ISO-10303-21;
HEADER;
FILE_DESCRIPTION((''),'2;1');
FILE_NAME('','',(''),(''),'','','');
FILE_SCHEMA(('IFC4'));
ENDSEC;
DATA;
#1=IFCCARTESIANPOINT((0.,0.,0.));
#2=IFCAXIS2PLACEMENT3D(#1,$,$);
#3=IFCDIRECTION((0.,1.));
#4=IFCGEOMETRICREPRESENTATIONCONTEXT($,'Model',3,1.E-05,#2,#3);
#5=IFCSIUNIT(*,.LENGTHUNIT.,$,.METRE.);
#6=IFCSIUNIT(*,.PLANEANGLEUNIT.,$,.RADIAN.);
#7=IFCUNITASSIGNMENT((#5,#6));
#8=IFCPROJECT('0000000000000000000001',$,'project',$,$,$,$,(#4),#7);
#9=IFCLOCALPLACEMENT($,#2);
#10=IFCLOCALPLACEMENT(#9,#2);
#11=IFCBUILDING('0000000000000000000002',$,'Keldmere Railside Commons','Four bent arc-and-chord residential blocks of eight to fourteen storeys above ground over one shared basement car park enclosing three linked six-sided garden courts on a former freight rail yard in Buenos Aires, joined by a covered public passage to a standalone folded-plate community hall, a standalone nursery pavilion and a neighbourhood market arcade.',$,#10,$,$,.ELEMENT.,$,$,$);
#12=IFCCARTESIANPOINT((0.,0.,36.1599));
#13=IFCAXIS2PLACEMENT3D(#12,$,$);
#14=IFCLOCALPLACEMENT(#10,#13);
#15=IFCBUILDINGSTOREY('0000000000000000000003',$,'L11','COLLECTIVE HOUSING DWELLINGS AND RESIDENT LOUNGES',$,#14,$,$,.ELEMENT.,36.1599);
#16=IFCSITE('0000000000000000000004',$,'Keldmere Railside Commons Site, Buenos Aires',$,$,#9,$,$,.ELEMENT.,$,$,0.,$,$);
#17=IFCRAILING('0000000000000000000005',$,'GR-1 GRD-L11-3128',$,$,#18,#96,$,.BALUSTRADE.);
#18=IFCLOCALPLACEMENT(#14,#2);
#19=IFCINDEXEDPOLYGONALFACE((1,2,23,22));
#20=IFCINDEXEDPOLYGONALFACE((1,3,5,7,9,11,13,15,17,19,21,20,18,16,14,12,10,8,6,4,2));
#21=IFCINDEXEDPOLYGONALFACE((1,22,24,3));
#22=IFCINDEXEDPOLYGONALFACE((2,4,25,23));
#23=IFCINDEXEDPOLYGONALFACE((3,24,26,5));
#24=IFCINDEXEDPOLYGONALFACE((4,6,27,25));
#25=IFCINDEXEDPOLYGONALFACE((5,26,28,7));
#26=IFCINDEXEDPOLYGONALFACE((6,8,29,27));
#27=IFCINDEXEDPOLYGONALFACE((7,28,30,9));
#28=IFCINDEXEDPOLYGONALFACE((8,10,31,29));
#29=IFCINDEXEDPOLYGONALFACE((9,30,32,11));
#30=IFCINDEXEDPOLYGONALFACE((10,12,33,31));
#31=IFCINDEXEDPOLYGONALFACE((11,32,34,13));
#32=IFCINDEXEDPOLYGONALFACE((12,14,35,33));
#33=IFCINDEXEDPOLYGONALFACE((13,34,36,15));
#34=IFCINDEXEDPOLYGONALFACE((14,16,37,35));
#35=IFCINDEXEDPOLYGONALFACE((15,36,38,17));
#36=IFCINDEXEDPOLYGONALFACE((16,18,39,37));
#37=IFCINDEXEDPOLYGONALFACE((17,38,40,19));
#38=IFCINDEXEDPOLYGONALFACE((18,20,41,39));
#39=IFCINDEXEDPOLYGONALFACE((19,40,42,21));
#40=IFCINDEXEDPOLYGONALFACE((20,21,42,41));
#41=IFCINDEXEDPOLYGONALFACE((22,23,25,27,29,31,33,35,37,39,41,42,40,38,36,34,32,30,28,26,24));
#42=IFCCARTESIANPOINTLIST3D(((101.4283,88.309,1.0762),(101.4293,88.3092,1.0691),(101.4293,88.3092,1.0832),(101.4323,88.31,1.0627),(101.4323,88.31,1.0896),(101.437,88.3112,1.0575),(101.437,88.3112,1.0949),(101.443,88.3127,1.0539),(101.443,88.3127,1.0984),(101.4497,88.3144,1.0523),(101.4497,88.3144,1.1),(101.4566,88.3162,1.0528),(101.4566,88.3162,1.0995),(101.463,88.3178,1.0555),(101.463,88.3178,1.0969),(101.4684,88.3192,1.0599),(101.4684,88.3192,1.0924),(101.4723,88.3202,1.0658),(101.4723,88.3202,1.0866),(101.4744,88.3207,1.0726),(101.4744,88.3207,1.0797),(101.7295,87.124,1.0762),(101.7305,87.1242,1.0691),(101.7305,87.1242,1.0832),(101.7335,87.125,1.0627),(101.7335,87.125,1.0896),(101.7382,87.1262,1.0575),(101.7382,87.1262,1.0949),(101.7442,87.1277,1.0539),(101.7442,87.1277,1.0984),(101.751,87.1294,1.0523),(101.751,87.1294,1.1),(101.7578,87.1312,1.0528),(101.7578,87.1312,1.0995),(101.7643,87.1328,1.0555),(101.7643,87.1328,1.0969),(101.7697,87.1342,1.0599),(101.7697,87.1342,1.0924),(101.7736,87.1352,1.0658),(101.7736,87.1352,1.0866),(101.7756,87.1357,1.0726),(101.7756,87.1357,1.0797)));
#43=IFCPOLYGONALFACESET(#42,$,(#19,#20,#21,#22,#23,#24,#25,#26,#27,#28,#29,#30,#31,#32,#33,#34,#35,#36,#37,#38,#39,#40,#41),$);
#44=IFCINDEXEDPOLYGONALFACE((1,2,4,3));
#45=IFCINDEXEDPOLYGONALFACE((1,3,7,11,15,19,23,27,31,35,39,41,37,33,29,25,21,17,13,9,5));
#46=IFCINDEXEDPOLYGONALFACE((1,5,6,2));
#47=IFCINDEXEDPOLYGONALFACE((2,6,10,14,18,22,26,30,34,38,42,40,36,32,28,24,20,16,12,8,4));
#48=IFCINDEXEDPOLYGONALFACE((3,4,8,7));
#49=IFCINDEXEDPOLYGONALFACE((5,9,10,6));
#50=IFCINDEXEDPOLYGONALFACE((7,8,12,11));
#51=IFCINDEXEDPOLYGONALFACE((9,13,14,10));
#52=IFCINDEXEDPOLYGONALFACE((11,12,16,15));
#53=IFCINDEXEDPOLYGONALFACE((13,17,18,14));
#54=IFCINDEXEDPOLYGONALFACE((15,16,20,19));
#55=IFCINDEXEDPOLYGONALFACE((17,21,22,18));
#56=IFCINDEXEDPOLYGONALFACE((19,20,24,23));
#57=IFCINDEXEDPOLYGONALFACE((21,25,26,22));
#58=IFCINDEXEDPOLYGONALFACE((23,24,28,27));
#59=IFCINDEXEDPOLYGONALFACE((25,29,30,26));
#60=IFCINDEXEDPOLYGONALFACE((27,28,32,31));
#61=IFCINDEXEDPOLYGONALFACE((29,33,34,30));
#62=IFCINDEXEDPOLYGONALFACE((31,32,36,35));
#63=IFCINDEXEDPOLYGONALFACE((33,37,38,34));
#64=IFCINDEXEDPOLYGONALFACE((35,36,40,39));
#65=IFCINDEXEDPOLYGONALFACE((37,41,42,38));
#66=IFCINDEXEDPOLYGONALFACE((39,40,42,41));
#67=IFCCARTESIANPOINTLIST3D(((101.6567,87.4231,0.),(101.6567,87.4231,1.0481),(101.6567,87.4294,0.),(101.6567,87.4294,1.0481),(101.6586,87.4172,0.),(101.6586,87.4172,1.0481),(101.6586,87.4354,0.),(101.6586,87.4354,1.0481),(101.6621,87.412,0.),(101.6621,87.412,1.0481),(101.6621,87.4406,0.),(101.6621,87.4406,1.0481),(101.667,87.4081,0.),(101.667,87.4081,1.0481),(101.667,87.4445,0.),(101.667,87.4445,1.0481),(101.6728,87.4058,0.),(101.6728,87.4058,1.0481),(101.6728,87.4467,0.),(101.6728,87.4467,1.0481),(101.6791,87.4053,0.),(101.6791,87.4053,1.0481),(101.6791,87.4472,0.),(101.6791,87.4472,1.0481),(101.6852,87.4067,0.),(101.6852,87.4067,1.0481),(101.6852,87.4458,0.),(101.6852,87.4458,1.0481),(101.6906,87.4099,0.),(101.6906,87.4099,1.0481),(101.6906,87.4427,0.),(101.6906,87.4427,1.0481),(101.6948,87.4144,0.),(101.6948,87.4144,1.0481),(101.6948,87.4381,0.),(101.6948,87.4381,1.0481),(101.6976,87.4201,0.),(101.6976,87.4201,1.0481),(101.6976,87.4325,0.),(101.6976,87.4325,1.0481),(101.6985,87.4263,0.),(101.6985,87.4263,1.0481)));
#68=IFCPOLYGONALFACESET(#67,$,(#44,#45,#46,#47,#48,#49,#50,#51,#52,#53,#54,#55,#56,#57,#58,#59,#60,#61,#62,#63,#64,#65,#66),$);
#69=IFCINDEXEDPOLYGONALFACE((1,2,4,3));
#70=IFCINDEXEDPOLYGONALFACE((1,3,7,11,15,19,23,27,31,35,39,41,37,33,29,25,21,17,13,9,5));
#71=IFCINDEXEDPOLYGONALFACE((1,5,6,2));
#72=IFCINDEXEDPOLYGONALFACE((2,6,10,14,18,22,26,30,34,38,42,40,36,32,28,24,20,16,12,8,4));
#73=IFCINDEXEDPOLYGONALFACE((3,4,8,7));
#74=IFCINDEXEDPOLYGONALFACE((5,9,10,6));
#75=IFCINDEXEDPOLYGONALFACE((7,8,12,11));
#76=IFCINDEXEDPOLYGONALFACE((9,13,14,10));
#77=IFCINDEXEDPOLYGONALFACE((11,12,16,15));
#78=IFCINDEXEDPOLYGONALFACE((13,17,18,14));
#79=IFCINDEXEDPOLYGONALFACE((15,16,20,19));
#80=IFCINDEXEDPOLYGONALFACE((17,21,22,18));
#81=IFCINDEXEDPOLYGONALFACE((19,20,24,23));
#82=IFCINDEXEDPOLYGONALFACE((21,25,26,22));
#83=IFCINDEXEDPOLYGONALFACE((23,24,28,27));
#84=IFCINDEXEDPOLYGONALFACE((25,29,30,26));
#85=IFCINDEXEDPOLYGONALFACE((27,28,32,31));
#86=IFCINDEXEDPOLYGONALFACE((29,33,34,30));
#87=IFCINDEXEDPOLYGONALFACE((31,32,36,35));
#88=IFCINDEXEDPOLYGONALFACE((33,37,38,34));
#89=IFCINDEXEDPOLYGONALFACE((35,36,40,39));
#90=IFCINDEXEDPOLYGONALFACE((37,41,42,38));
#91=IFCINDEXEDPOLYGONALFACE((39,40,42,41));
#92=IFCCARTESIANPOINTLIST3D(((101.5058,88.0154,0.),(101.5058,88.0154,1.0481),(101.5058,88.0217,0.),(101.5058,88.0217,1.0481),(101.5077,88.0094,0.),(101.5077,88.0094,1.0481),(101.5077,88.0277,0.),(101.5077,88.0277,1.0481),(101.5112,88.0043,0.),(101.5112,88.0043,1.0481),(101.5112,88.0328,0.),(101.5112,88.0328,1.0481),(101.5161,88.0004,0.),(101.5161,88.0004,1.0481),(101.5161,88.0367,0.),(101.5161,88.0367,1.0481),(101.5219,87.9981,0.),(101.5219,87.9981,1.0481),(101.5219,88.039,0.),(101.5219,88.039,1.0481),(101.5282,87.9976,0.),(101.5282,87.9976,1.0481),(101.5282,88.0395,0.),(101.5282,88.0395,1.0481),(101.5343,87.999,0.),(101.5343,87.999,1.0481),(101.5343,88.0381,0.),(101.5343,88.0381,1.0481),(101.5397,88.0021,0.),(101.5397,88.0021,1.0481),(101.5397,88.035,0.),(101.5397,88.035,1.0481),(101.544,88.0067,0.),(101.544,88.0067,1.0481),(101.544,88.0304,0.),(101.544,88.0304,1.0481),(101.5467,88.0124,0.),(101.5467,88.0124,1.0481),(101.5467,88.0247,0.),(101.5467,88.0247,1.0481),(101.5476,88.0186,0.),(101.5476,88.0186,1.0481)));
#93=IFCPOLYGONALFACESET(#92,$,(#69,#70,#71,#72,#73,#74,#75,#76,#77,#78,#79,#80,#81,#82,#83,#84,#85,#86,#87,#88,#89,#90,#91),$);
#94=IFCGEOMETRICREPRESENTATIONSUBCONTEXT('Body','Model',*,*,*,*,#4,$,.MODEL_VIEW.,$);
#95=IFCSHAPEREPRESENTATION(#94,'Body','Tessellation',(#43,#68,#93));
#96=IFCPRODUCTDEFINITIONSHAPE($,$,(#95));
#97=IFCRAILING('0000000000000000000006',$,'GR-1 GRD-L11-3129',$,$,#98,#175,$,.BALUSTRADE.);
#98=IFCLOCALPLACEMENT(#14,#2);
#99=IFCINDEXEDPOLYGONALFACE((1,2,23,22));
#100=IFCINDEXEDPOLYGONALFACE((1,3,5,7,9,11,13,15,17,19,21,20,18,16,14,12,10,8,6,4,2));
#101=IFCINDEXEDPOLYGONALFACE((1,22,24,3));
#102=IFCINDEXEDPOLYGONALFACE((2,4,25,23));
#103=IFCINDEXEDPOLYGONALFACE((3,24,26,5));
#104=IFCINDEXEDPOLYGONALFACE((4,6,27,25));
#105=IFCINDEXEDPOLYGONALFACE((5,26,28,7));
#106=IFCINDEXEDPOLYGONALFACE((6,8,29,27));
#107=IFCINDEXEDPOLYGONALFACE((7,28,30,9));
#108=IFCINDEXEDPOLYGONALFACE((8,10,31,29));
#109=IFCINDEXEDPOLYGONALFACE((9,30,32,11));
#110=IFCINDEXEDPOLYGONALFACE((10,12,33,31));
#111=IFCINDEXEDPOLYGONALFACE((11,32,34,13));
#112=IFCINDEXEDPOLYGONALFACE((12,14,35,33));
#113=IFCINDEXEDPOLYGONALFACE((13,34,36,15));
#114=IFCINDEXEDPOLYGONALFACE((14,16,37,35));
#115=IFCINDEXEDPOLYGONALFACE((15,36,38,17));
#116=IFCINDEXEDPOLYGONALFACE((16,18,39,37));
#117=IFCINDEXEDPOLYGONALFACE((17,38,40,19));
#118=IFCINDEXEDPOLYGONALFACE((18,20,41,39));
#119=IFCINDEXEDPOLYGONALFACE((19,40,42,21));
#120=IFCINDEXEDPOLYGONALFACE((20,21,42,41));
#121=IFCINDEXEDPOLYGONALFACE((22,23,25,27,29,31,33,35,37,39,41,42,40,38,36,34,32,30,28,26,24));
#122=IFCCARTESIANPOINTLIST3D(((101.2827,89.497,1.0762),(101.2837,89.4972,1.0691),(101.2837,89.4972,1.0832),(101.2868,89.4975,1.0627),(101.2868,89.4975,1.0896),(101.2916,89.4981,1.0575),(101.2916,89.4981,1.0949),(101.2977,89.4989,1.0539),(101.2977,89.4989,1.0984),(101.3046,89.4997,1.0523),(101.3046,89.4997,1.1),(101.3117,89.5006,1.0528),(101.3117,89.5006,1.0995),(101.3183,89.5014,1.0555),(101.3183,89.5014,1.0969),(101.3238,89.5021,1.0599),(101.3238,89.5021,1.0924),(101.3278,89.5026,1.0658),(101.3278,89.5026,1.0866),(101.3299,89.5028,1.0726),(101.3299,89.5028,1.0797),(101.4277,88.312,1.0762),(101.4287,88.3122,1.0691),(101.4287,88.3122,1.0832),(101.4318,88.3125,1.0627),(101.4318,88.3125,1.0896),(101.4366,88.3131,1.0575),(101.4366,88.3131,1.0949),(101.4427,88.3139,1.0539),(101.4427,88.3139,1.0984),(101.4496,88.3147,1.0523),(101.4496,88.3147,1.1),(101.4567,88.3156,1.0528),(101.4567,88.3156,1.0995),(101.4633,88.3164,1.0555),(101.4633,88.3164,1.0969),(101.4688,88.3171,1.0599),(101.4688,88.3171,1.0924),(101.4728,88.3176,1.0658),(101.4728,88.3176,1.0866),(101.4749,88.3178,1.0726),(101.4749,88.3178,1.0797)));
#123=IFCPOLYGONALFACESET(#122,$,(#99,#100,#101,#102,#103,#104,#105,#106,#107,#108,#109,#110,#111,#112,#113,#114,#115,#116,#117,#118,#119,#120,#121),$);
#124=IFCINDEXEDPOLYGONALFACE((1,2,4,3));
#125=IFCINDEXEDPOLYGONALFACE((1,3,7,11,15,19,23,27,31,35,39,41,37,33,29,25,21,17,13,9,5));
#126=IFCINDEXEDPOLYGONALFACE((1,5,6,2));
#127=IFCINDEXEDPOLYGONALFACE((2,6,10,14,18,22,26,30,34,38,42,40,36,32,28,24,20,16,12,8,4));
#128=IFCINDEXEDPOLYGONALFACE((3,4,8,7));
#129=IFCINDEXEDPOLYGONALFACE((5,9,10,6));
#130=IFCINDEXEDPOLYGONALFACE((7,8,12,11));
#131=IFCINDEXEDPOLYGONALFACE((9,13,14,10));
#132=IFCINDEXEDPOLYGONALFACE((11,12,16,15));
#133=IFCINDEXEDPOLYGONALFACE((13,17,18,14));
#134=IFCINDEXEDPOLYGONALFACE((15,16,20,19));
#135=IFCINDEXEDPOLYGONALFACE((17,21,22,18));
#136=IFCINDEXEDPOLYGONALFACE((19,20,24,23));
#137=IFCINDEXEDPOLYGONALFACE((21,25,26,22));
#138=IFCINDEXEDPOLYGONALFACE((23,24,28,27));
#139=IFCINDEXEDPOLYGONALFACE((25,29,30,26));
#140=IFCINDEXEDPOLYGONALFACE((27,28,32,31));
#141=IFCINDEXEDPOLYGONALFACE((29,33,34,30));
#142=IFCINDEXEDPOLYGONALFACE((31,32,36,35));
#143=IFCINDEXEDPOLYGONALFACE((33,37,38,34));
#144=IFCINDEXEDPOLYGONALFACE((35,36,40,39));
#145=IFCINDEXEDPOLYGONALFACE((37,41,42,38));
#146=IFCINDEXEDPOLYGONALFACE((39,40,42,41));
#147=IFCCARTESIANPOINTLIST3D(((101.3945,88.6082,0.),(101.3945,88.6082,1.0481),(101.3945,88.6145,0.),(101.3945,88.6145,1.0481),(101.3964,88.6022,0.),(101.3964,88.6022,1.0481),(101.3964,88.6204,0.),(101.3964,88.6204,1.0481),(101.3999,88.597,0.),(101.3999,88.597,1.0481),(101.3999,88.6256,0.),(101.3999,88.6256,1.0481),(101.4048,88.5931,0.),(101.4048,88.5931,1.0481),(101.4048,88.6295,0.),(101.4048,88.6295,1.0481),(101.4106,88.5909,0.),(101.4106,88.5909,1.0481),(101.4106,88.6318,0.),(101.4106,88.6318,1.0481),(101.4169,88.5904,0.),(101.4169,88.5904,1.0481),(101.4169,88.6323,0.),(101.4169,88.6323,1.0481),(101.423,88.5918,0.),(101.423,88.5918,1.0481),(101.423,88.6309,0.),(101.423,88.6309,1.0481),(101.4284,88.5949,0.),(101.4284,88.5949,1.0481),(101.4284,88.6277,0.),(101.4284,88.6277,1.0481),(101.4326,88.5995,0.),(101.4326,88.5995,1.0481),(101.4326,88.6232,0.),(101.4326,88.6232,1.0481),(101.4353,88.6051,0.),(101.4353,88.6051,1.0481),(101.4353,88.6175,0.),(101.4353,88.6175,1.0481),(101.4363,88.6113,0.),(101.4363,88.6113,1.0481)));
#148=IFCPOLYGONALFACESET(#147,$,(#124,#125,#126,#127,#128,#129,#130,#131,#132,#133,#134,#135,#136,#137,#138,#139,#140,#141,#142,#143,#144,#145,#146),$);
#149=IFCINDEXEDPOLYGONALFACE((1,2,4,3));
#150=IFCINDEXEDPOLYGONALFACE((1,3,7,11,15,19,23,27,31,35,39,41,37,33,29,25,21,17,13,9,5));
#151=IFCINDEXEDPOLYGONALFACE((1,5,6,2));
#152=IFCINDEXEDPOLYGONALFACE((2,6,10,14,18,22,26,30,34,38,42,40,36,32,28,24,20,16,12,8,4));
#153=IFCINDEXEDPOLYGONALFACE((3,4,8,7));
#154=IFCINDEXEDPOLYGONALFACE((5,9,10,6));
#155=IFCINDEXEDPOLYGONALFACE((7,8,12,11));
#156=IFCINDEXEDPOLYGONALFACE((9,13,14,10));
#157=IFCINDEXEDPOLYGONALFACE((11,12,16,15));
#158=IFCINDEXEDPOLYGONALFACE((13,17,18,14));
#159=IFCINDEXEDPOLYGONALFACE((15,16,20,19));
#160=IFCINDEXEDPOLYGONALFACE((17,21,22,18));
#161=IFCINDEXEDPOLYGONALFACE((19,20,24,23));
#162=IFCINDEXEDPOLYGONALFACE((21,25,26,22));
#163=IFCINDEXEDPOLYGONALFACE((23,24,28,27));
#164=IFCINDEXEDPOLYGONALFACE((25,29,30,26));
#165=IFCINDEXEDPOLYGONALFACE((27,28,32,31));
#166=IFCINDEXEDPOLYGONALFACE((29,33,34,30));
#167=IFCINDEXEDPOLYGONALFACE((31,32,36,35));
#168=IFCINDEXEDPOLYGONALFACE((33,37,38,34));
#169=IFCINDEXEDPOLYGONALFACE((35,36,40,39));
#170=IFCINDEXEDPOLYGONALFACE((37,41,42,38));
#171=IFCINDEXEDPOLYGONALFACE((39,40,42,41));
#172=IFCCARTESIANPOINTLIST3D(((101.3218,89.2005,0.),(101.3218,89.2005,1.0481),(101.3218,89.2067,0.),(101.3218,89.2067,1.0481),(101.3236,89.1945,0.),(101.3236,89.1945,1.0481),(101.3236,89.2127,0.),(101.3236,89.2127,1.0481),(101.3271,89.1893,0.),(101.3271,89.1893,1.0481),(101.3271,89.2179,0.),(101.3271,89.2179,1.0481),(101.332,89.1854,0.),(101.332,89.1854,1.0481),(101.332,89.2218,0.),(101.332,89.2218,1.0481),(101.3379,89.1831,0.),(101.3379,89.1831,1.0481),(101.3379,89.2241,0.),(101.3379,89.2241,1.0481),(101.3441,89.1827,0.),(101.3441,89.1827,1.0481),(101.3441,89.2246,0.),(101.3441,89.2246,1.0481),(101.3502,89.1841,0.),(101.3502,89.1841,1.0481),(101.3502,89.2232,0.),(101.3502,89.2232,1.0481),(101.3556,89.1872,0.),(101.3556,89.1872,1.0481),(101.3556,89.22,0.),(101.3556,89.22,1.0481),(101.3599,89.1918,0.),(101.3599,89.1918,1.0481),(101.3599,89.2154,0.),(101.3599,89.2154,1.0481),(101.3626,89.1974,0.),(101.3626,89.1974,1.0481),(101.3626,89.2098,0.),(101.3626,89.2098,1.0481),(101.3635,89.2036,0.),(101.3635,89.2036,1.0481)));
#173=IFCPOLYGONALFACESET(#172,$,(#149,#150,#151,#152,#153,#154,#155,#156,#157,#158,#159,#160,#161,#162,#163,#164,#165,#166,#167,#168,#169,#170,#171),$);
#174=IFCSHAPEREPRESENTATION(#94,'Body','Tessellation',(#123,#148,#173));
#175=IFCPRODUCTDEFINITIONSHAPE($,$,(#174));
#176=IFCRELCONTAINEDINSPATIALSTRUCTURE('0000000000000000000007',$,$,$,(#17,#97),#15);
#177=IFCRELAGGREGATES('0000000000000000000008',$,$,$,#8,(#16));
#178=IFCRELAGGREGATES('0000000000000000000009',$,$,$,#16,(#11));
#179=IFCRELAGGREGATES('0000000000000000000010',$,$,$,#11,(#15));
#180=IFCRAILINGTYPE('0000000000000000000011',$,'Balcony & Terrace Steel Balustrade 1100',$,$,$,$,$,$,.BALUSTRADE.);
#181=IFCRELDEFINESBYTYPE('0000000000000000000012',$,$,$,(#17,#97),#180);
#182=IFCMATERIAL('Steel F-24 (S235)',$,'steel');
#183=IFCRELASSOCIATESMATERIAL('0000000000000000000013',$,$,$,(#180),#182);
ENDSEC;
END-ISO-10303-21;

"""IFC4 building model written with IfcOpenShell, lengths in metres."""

from ifc_helpers import new_model, si_unit, direction, frame, origin, origin_2d, place, context, subcontext, project, spatial, circle, extrude, material, type_object, element, save


model = new_model("IFC4")

# Units and contexts
model_context = context("Model", 3, precision=1e-05, world=origin(), true_north=direction((0.0, 1.0)))
body_context = subcontext(model_context, "Body", "Model", "MODEL_VIEW")
ifc_project = project(units=[si_unit("LENGTHUNIT", "METRE"), si_unit("PLANEANGLEUNIT", "RADIAN")], contexts=[model_context])

# Site, building, storey
site_placement = place(None, origin())
site = spatial("IfcSite", under=ifc_project, at=site_placement, Name="Keldmere Railside Commons Site, Buenos Aires", CompositionType="ELEMENT", RefElevation=0.0)
building_placement = place(site_placement, origin())
building = spatial("IfcBuilding", under=site, at=building_placement, Name="Keldmere Railside Commons", Description="Four bent arc-and-chord residential blocks of eight to fourteen storeys above ground over one shared basement car park enclosing three linked six-sided garden courts on a former freight rail yard in Buenos Aires, joined by a covered public passage to a standalone folded-plate community hall, a standalone nursery pavilion and a neighbourhood market arcade.", CompositionType="ELEMENT")
storey_placement = place(building_placement, frame((0.0, 0.0, 36.1599)))
storey = spatial("IfcBuildingStorey", under=building, at=storey_placement, Name="L11", Description="COLLECTIVE HOUSING DWELLINGS AND RESIDENT LOUNGES", CompositionType="ELEMENT", Elevation=36.1599)

# Railings
ifc_material_1 = material(Name="Steel F-24 (S235)", Category="steel")
railing_type = type_object("IfcRailingType", Name="Balcony & Terrace Steel Balustrade 1100", PredefinedType="BALUSTRADE", material=ifc_material_1)
railing_1_placement = place(storey_placement, frame((101.7527, 87.1299, 0.0)))
element("IfcRailing", 1, at=railing_1_placement, inside=storey, type_object=railing_type, Name="GR-1 GRD-L11-3128", PredefinedType="BALUSTRADE", context=body_context, shape_type="SweptSolid", body=[
    extrude(circle(Radius=0.0239, at=origin_2d()), frame((0.0, 0.0, 1.0762), z_axis=(-0.246386, 0.969172, 0.0), x_axis=(-0.969172, -0.246386, 0.0)), (0.0, 0.0, 1.0), 1.2227),
    extrude(circle(Radius=0.021, at=origin_2d()), frame((-0.0752, 0.2964, 0.0)), (0.0, 0.0, 1.0), 1.0481),
    extrude(circle(Radius=0.021, at=origin_2d()), frame((-0.2261, 0.8887, 0.0)), (0.0, 0.0, 1.0), 1.0481),
])
railing_2_placement = place(storey_placement, frame((101.4514, 88.3149, 0.0)))
element("IfcRailing", 2, at=railing_2_placement, inside=storey, type_object=railing_type, Name="GR-1 GRD-L11-3129", PredefinedType="BALUSTRADE", context=body_context, shape_type="SweptSolid", body=[
    extrude(circle(Radius=0.0239, at=origin_2d()), frame((0.0, 0.0, 1.0762), z_axis=(-0.121467, 0.992595, 0.0), x_axis=(-0.992595, -0.121467, 0.0)), (0.0, 0.0, 1.0), 1.1938),
    extrude(circle(Radius=0.021, at=origin_2d()), frame((-0.0361, 0.2964, 0.0)), (0.0, 0.0, 1.0), 1.0481),
    extrude(circle(Radius=0.021, at=origin_2d()), frame((-0.1089, 0.8887, 0.0)), (0.0, 0.0, 1.0), 1.0481),
])

save(model, "model.ifc")
